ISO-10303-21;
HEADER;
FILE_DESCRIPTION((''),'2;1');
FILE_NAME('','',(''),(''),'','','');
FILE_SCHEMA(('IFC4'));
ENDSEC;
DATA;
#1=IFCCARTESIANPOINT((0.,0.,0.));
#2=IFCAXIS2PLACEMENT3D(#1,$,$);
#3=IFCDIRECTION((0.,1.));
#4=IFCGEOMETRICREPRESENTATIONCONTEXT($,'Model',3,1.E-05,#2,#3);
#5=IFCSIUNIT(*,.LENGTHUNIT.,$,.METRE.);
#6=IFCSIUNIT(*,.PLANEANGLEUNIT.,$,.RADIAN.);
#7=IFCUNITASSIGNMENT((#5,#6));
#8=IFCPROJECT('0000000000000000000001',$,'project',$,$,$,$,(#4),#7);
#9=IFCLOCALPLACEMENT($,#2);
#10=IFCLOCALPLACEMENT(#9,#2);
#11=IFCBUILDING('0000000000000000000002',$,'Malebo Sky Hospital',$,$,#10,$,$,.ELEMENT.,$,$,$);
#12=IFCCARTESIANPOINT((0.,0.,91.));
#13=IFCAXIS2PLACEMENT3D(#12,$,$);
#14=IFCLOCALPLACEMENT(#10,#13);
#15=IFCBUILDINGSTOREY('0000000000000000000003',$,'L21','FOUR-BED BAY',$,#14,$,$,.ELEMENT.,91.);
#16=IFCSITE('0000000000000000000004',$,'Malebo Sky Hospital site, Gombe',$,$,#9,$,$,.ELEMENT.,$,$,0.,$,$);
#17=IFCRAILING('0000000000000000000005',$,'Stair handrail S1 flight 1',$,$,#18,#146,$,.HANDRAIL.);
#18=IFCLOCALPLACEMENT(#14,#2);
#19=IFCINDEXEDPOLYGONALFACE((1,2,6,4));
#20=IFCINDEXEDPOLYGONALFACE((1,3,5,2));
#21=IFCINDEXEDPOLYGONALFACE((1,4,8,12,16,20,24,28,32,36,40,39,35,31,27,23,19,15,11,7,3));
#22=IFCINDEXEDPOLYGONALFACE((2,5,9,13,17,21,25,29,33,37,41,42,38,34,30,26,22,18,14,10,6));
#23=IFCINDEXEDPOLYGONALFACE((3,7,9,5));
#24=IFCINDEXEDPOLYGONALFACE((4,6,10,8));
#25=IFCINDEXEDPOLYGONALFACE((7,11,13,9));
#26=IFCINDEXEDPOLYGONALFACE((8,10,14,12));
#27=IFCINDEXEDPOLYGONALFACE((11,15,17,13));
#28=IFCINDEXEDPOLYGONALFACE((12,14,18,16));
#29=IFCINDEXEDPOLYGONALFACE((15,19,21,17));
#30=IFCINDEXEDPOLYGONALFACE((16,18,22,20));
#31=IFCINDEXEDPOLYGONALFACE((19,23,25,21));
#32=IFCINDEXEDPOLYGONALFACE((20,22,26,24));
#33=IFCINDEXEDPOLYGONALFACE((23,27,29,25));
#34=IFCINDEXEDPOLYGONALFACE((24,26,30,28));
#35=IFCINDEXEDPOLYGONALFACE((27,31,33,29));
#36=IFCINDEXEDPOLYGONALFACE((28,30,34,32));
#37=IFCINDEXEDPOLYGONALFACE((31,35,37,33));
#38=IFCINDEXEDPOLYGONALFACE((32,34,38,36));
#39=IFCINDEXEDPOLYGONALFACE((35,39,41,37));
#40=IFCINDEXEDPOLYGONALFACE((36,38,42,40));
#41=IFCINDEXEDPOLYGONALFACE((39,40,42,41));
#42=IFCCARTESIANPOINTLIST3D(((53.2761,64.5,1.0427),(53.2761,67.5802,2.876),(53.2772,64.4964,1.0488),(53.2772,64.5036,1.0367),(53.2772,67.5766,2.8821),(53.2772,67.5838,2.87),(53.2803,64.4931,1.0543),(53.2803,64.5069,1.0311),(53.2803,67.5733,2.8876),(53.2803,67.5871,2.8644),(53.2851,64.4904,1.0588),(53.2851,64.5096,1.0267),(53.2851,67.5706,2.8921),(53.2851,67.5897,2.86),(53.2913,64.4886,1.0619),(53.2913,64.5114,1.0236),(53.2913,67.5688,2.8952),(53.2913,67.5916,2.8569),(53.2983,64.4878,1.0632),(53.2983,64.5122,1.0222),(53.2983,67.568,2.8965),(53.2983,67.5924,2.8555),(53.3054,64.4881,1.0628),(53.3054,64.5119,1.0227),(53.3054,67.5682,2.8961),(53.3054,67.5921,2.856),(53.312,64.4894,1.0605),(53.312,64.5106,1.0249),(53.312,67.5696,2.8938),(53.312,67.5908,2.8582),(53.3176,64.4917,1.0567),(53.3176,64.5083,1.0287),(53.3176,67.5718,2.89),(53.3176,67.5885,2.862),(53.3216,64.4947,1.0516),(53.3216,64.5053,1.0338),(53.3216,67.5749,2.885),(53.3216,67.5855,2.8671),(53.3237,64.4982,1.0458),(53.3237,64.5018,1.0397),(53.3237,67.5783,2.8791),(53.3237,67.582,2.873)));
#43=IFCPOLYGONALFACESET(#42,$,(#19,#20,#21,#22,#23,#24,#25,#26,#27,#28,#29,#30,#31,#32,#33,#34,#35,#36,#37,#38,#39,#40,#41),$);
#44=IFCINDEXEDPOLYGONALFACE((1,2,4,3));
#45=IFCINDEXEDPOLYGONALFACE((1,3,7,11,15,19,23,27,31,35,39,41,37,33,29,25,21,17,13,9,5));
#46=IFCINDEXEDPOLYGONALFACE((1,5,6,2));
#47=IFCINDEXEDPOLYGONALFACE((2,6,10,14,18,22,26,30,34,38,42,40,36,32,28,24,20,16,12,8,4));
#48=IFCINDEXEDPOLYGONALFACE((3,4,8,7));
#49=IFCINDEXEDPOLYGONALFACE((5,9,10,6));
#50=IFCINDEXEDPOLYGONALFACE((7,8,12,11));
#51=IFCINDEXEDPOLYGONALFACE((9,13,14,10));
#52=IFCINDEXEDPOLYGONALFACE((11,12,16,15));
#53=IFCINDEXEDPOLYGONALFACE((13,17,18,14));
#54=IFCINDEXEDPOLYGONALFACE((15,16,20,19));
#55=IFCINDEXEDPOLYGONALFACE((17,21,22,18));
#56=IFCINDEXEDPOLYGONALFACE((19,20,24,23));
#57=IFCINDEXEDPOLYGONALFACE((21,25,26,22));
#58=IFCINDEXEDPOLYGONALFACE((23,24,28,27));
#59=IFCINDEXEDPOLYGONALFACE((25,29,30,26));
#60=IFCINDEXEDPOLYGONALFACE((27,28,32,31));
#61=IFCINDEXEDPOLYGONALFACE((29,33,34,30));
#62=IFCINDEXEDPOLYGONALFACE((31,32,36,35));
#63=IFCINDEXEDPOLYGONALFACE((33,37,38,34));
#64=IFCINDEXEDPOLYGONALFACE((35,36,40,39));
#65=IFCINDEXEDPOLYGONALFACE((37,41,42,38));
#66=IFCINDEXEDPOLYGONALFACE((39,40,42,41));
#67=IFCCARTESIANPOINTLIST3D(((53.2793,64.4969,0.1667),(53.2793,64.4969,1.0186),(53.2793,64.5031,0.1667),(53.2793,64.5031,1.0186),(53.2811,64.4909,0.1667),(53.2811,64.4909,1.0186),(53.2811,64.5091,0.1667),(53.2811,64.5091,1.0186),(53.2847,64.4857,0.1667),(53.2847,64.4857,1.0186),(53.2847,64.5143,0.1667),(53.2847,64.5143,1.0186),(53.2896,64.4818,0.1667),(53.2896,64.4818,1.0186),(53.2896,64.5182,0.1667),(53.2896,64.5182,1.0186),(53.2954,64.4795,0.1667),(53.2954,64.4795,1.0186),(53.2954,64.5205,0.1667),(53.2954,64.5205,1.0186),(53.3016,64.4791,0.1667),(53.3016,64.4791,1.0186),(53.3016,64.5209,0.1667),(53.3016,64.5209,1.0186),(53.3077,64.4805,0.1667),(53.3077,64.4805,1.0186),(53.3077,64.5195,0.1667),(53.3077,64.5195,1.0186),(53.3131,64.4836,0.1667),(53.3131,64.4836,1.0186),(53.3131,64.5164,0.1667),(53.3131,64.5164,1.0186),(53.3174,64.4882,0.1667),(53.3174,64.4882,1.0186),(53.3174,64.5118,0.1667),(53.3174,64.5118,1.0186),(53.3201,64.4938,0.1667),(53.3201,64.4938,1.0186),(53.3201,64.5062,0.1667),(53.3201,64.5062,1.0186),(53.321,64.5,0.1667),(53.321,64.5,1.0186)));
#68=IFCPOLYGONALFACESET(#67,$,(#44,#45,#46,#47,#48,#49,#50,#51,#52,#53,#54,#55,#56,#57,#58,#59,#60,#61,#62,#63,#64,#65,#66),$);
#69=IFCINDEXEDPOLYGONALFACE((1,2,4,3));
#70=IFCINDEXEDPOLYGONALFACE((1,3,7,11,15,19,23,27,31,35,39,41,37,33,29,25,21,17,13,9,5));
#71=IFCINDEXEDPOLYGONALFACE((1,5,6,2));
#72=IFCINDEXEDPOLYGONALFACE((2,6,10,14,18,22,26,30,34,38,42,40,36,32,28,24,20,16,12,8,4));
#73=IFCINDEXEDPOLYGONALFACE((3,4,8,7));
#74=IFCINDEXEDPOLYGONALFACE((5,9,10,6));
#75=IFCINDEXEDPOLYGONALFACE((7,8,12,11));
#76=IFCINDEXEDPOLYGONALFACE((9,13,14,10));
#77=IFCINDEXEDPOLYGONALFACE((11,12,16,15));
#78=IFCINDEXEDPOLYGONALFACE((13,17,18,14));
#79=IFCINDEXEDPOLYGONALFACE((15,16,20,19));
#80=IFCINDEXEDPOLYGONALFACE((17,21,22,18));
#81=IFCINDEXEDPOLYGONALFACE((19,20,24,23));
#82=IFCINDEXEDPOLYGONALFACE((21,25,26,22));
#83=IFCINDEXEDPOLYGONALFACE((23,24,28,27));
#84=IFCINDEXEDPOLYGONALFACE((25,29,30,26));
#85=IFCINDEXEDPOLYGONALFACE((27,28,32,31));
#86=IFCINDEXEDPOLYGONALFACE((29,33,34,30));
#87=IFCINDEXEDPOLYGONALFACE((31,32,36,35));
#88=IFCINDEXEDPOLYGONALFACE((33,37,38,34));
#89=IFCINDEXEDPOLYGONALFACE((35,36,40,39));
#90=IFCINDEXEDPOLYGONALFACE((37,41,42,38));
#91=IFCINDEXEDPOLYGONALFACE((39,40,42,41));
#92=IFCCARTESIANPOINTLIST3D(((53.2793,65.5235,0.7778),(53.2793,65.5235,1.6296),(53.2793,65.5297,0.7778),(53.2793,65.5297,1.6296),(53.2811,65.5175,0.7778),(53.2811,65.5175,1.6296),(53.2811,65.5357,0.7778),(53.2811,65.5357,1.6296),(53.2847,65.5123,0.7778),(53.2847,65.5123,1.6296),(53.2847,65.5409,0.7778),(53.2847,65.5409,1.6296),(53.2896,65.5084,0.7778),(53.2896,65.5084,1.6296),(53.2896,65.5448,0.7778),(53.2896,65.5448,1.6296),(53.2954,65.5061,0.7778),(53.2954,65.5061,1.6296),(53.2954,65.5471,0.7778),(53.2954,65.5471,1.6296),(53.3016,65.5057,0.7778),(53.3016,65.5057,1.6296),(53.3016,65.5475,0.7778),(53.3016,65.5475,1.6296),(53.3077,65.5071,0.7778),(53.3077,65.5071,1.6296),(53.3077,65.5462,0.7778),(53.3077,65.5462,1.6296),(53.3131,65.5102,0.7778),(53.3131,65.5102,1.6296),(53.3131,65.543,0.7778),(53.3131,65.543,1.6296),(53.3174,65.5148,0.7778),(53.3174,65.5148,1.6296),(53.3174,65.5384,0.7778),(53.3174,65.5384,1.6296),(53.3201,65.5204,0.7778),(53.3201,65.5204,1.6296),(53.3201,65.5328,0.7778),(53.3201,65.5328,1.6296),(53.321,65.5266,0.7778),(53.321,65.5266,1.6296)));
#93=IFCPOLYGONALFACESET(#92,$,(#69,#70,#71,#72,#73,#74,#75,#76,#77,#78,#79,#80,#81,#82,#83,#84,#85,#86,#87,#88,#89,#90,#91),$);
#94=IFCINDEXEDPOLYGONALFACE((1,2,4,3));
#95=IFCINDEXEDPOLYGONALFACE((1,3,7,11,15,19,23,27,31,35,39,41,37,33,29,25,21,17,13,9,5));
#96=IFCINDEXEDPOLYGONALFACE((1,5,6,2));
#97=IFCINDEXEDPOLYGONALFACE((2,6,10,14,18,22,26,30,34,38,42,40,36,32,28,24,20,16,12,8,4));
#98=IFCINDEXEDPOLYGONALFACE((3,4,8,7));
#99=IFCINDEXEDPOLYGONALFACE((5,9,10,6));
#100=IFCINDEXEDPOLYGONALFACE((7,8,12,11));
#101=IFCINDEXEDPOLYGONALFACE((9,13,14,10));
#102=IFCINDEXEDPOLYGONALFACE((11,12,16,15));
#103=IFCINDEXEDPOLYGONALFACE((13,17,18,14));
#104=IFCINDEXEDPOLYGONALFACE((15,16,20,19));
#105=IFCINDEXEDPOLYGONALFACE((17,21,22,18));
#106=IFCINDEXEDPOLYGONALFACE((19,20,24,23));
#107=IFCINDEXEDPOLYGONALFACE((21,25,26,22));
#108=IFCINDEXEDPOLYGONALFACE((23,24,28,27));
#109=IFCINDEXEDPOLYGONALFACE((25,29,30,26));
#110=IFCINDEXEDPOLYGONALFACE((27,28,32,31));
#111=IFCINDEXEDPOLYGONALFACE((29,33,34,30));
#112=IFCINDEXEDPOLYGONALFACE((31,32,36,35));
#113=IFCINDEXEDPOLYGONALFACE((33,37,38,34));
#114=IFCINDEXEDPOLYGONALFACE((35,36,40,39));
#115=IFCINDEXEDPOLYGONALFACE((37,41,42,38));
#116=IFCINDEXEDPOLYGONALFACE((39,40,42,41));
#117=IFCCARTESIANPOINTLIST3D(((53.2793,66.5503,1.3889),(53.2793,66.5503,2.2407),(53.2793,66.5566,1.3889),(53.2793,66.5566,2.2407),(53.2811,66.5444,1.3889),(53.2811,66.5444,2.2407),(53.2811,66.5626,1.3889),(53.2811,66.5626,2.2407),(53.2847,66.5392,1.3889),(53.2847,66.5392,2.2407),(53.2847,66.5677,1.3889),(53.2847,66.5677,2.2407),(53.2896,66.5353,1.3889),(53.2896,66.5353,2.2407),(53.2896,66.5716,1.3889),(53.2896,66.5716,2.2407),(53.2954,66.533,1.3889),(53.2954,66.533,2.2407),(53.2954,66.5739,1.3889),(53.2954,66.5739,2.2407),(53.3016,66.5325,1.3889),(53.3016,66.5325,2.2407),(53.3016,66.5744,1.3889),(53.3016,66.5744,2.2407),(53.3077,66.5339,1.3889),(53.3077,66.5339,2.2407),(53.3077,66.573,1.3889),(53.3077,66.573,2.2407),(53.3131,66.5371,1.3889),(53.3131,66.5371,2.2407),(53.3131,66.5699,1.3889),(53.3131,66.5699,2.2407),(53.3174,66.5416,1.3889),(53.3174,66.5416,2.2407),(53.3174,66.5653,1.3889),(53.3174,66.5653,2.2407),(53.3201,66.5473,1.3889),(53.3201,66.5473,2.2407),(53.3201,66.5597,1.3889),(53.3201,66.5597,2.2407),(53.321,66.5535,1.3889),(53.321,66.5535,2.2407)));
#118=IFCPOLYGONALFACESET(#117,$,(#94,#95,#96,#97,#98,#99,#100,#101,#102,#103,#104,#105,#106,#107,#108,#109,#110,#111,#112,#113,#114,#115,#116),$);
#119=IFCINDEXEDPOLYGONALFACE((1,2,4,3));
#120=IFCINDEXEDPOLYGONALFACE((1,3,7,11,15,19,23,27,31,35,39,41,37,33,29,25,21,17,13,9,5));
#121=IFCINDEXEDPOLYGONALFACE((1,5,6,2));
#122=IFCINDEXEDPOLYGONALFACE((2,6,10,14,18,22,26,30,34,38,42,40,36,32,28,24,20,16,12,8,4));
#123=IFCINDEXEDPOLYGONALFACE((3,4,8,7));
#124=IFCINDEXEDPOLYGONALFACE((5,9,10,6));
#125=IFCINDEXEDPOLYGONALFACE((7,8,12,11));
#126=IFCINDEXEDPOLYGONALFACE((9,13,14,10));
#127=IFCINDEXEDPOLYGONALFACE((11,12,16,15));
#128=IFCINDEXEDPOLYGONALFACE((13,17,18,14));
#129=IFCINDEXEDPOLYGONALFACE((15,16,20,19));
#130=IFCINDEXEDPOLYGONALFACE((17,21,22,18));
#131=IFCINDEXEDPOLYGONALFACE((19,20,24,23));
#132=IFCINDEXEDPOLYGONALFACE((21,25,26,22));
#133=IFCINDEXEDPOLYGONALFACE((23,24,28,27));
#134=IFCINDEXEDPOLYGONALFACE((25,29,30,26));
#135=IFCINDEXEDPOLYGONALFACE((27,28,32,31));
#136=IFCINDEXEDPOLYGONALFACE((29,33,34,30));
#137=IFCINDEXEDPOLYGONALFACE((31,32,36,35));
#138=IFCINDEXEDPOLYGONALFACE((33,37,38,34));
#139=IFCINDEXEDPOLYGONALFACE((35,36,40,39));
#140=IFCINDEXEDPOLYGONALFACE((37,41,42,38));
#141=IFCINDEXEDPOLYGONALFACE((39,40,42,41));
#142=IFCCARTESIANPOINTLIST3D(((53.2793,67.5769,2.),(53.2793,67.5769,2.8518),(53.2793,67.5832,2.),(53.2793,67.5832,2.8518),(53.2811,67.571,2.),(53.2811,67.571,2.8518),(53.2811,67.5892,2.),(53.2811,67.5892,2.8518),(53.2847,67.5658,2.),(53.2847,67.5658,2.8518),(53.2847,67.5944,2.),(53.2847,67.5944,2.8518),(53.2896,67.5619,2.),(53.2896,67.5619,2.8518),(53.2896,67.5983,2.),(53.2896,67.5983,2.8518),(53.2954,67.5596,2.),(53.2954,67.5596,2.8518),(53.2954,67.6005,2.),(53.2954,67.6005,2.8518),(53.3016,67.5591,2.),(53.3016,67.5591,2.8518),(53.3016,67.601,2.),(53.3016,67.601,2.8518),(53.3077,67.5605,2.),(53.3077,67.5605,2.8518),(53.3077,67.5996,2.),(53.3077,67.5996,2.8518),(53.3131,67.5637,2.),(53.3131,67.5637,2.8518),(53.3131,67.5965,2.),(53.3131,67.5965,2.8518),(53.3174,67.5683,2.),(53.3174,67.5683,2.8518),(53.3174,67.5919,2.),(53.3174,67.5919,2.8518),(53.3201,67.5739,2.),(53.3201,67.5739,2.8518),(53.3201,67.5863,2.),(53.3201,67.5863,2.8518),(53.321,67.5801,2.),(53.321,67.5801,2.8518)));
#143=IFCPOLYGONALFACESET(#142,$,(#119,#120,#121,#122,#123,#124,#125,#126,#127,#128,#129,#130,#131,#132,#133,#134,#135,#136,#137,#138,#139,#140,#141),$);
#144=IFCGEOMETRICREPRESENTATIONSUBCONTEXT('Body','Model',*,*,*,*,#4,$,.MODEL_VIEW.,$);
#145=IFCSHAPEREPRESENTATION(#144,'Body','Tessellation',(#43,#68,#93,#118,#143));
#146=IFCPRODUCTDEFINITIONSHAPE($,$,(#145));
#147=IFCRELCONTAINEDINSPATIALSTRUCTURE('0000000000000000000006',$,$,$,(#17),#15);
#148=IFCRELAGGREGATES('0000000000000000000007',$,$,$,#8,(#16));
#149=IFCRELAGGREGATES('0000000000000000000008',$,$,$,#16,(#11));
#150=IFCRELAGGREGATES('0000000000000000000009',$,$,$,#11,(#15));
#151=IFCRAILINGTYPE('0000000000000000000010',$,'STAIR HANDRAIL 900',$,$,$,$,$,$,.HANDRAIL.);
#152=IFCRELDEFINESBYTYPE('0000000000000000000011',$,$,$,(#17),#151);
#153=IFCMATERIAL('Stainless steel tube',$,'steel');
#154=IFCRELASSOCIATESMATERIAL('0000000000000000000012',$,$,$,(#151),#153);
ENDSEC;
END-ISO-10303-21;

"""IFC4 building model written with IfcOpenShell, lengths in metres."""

from ifc_helpers import new_model, si_unit, direction, frame, origin, origin_2d, place, context, subcontext, project, spatial, circle, extrude, material, type_object, element, save


model = new_model("IFC4")

# Units and contexts
model_context = context("Model", 3, precision=1e-05, world=origin(), true_north=direction((0.0, 1.0)))
body_context = subcontext(model_context, "Body", "Model", "MODEL_VIEW")
ifc_project = project(units=[si_unit("LENGTHUNIT", "METRE"), si_unit("PLANEANGLEUNIT", "RADIAN")], contexts=[model_context])

# Site, building, storey
site_placement = place(None, origin())
site = spatial("IfcSite", under=ifc_project, at=site_placement, Name="Malebo Sky Hospital site, Gombe", CompositionType="ELEMENT", RefElevation=0.0)
building_placement = place(site_placement, origin())
building = spatial("IfcBuilding", under=site, at=building_placement, Name="Malebo Sky Hospital", CompositionType="ELEMENT")
storey_placement = place(building_placement, frame((0.0, 0.0, 91.0)))
storey = spatial("IfcBuildingStorey", under=building, at=storey_placement, Name="L21", Description="FOUR-BED BAY", CompositionType="ELEMENT", Elevation=91.0)

# Railing
ifc_material_1 = material(Name="Stainless steel tube", Category="steel")
railing_type = type_object("IfcRailingType", Name="STAIR HANDRAIL 900", PredefinedType="HANDRAIL", material=ifc_material_1)
railing_1_placement = place(storey_placement, frame((53.3, 64.5, 0.1667)))
element("IfcRailing", 1, at=railing_1_placement, inside=storey, type_object=railing_type, Name="Stair handrail S1 flight 1", PredefinedType="HANDRAIL", context=body_context, shape_type="SweptSolid", body=[
    extrude(circle(Radius=0.0239, at=origin_2d()), frame((0.0, 0.0, 0.876), z_axis=(0.0, 0.859309, 0.511458), x_axis=(-1.0, 0.0, 0.0)), (0.0, 0.0, 1.0), 3.5845),
    extrude(circle(Radius=0.021, at=origin_2d()), origin(), (0.0, 0.0, 1.0), 0.8518),
    extrude(circle(Radius=0.021, at=origin_2d()), frame((0.0, 1.0266, 0.6111)), (0.0, 0.0, 1.0), 0.8518),
    extrude(circle(Radius=0.021, at=origin_2d()), frame((0.0, 2.0535, 1.2222)), (0.0, 0.0, 1.0), 0.8518),
    extrude(circle(Radius=0.021, at=origin_2d()), frame((0.0, 3.0801, 1.8333)), (0.0, 0.0, 1.0), 0.8518),
])

save(model, "model.ifc")
